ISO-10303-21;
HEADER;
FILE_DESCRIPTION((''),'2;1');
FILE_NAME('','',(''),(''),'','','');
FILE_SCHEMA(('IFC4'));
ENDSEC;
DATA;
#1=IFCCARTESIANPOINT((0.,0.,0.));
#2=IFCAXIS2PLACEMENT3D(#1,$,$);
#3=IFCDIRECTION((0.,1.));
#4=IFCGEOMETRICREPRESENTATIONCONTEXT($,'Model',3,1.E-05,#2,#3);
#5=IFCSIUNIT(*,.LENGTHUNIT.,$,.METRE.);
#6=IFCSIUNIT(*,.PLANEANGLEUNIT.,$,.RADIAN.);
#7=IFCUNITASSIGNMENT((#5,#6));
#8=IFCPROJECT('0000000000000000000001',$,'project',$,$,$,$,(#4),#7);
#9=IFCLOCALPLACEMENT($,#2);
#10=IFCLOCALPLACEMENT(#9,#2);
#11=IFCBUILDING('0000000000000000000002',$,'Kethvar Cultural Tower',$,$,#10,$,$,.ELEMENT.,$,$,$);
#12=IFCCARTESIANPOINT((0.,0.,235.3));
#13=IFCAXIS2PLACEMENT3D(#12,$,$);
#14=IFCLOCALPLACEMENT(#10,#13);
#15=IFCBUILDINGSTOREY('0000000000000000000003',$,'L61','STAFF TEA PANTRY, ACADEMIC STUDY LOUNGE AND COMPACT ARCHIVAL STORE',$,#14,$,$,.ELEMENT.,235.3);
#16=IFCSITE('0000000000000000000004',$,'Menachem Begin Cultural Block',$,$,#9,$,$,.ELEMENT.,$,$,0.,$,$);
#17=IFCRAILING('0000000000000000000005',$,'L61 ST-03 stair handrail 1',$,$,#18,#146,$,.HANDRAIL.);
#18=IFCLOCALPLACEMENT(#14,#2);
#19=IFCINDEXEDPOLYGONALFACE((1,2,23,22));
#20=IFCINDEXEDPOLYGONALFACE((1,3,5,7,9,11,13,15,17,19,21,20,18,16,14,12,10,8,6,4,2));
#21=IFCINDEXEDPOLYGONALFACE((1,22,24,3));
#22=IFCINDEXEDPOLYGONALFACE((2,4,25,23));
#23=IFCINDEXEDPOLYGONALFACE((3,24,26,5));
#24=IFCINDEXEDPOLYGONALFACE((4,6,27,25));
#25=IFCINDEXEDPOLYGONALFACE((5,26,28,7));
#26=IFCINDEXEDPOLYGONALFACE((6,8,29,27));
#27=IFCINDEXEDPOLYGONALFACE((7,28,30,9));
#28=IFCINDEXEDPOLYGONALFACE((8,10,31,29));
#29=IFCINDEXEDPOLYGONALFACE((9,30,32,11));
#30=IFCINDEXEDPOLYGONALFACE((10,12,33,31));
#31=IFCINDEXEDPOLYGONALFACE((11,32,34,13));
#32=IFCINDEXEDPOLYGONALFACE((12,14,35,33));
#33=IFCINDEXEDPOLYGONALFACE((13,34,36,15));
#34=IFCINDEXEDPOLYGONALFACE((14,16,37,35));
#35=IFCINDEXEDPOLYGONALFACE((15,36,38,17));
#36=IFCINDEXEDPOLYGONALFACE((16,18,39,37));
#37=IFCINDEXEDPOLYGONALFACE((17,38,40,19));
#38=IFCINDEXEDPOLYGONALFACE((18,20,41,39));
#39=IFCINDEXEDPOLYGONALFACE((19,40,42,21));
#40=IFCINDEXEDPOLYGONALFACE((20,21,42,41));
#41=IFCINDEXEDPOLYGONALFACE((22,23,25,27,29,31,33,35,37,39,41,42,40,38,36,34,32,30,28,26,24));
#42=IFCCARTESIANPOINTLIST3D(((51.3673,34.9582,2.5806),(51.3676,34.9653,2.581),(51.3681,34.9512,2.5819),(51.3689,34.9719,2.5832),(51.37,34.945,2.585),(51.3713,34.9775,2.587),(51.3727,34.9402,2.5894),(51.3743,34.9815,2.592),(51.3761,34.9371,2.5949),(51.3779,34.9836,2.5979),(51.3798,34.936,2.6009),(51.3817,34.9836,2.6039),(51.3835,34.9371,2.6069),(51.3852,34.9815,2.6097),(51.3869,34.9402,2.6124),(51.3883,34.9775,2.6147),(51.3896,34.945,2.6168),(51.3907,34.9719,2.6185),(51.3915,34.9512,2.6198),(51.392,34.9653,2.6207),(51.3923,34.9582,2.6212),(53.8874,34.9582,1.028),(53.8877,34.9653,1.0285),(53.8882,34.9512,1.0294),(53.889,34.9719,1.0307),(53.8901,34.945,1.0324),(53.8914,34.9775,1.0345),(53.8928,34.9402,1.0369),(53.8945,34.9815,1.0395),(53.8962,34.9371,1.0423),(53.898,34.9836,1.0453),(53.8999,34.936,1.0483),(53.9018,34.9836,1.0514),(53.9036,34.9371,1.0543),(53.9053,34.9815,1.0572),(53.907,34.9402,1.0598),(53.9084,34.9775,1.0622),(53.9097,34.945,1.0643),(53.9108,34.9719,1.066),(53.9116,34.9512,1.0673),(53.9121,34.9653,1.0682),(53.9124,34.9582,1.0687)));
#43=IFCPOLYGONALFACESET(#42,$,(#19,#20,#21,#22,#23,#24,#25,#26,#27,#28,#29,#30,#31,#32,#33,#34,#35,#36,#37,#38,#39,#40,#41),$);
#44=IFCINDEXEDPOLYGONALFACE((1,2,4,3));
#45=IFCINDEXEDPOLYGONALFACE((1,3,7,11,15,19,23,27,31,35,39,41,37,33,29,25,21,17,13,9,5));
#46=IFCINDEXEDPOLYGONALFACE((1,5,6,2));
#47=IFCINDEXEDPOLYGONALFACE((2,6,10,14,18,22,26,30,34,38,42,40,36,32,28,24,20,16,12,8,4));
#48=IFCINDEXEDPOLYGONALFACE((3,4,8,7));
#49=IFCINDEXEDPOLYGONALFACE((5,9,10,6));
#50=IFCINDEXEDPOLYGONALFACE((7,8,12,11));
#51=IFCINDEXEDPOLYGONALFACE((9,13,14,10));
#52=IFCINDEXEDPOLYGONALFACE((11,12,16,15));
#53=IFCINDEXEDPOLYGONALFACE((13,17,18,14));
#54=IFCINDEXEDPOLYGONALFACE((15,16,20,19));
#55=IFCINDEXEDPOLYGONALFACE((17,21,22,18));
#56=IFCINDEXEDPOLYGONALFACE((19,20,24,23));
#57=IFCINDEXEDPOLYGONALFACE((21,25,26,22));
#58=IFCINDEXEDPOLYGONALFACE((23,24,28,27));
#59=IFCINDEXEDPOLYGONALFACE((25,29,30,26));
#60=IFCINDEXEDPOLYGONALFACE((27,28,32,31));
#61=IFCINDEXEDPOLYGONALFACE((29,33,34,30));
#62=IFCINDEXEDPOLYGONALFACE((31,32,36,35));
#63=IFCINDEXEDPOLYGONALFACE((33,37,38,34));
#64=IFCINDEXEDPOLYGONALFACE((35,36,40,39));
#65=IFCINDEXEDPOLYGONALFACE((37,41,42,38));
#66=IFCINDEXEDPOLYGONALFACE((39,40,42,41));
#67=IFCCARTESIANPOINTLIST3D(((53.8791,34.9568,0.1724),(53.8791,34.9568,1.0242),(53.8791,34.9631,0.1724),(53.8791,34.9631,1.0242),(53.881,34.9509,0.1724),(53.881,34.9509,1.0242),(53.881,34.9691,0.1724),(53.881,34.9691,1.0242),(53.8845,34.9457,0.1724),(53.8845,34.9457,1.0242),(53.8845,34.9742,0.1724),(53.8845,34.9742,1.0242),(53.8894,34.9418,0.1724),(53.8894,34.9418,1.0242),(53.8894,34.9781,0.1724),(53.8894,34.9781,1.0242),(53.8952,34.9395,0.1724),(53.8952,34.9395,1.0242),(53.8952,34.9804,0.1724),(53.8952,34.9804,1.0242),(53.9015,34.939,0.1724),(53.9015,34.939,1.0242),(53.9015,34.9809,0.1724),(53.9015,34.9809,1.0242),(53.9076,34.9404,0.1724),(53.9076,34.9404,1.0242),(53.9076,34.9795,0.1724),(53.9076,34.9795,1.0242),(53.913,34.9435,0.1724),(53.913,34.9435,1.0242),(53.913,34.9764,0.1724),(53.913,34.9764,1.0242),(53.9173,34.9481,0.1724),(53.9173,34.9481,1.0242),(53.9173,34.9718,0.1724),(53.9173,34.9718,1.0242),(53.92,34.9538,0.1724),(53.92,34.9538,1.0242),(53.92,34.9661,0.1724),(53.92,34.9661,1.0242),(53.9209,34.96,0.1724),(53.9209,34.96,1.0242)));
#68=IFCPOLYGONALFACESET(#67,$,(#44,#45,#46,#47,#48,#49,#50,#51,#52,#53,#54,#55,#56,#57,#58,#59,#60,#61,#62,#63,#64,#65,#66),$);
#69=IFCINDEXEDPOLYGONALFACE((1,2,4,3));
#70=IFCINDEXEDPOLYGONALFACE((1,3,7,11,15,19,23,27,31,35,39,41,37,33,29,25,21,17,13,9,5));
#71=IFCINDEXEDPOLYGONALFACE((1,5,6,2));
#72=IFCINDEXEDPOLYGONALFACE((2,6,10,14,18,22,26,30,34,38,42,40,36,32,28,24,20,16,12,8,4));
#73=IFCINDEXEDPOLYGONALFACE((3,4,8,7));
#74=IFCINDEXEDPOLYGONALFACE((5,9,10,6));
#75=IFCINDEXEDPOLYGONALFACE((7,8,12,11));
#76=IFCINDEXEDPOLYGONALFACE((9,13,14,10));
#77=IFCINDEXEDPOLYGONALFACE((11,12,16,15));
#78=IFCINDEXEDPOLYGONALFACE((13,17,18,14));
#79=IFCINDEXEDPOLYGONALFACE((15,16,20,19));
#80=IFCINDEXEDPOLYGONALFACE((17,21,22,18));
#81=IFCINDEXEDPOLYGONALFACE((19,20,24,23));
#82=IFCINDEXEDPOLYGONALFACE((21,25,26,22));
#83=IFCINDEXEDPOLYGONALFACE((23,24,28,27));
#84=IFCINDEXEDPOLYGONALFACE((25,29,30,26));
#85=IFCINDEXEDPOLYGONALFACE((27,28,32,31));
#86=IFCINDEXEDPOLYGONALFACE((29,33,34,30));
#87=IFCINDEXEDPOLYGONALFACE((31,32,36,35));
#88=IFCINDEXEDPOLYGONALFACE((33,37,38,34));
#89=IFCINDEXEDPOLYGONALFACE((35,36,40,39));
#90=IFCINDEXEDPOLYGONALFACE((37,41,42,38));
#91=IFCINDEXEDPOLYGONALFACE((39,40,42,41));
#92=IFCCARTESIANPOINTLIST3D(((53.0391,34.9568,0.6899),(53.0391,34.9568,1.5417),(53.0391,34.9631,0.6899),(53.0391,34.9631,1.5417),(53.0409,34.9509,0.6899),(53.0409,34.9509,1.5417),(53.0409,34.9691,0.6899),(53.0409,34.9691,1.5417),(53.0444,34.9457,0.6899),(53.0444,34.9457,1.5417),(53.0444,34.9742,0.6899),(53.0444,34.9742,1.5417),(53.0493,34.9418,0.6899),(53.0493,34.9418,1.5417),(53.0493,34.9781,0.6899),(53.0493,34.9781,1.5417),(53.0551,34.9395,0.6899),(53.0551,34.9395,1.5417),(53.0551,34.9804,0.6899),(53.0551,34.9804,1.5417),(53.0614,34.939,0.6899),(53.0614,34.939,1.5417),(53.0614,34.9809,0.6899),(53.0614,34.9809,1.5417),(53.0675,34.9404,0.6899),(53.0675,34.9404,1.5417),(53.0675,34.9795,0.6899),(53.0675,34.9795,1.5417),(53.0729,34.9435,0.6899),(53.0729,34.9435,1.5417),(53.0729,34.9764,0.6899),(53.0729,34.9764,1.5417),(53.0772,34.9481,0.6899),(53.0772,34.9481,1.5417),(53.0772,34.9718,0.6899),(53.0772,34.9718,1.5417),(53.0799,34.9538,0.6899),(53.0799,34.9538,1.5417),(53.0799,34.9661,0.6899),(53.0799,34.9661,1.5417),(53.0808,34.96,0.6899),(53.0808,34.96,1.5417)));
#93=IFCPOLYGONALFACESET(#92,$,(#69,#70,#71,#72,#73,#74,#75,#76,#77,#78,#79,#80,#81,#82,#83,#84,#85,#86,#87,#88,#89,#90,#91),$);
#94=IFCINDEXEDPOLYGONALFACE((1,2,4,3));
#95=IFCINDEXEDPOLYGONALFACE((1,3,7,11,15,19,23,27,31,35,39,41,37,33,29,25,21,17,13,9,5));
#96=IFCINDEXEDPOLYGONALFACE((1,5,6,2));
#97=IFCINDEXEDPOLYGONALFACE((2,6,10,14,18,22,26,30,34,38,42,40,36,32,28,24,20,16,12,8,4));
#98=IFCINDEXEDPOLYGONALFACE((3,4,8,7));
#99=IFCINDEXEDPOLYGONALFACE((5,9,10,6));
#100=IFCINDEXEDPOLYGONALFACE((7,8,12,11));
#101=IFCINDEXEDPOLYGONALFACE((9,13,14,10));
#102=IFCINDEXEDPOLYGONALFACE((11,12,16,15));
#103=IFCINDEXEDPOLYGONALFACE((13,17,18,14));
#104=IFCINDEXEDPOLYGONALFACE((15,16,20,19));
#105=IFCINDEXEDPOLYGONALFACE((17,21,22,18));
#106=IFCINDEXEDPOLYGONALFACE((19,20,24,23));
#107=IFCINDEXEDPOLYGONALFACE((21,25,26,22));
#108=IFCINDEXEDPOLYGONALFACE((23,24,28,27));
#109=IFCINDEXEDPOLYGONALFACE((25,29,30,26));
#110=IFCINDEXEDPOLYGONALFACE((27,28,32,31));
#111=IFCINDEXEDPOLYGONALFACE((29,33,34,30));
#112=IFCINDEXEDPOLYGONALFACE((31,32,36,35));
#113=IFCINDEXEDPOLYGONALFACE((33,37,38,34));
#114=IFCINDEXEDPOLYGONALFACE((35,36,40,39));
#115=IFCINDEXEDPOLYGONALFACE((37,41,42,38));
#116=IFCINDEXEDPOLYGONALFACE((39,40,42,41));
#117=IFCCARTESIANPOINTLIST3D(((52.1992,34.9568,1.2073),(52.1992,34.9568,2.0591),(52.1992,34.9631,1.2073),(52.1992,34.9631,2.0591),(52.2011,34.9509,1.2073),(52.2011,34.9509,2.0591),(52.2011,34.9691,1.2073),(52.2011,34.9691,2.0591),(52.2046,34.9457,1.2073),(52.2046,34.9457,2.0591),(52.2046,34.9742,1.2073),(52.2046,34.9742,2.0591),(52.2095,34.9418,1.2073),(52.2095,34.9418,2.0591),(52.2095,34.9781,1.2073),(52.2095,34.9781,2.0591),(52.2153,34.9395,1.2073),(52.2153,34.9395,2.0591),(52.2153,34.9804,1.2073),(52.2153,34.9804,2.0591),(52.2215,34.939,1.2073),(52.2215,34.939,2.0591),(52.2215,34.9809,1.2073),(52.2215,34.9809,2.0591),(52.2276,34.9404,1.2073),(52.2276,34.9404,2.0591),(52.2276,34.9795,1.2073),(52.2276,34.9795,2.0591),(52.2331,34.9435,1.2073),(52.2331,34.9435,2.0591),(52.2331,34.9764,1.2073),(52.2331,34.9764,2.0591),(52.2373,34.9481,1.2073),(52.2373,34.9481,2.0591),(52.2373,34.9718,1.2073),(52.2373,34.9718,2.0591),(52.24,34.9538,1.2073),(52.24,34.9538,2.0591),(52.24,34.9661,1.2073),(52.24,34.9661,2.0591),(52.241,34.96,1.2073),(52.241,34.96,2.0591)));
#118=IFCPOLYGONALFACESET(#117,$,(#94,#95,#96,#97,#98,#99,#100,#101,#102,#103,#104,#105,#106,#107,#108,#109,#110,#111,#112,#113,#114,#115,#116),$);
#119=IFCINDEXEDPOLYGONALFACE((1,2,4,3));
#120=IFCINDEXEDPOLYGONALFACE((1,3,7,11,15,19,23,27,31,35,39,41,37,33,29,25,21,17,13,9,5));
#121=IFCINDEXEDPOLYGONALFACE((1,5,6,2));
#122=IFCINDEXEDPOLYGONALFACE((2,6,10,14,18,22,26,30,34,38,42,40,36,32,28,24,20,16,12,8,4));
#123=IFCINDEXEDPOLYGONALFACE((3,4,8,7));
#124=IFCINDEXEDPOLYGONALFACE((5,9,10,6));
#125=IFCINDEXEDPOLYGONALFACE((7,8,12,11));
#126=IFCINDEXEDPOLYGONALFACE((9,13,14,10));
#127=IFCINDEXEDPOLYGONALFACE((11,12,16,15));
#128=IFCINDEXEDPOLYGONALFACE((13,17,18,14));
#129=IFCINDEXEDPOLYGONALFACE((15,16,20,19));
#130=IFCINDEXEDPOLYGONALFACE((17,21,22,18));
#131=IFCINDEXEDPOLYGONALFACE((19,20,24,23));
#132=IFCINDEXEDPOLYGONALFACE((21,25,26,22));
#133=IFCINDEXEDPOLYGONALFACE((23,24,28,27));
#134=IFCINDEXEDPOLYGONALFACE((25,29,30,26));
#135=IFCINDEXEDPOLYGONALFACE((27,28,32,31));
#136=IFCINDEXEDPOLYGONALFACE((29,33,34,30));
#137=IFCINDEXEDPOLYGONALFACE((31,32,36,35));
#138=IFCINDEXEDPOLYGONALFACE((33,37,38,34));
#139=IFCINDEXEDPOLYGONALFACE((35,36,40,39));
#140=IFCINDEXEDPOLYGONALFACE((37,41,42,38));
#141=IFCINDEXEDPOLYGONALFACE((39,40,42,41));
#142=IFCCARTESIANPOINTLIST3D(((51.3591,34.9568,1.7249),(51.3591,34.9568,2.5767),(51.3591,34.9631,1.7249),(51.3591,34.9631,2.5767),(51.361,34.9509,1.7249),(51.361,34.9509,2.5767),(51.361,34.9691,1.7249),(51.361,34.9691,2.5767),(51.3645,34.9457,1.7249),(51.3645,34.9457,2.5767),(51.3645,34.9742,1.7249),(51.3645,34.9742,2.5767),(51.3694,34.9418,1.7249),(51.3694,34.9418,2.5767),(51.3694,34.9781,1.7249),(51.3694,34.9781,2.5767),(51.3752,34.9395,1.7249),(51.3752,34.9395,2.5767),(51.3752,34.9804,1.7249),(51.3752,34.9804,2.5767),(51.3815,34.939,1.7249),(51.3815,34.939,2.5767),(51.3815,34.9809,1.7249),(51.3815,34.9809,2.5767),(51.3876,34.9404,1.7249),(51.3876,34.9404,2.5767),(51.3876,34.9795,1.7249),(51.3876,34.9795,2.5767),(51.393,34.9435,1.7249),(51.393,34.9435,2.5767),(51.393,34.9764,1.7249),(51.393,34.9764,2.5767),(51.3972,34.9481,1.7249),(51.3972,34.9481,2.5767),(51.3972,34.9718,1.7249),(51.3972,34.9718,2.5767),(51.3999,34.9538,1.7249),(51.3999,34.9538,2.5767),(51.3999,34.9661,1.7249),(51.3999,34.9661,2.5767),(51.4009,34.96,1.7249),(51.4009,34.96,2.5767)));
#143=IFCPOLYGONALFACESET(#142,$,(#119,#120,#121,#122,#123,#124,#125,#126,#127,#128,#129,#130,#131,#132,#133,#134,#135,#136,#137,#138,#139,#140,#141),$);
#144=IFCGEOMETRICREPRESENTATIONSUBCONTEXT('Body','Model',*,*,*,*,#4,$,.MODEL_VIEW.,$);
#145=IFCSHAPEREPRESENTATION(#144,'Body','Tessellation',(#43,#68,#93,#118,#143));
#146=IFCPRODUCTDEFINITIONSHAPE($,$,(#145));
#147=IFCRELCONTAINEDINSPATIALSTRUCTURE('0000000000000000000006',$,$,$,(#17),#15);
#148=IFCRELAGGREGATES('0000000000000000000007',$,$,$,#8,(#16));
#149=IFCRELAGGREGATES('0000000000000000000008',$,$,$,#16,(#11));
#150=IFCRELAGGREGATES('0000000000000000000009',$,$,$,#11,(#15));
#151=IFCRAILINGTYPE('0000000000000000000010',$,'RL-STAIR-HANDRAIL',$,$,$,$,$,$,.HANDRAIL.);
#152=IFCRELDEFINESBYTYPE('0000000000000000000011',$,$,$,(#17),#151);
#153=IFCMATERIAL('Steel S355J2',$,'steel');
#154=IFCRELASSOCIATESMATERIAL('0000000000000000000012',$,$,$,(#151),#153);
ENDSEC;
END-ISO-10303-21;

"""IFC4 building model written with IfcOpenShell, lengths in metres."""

from ifc_helpers import new_model, si_unit, direction, frame, origin, origin_2d, place, context, subcontext, project, spatial, circle, extrude, material, type_object, element, save


model = new_model("IFC4")

# Units and contexts
model_context = context("Model", 3, precision=1e-05, world=origin(), true_north=direction((0.0, 1.0)))
body_context = subcontext(model_context, "Body", "Model", "MODEL_VIEW")
ifc_project = project(units=[si_unit("LENGTHUNIT", "METRE"), si_unit("PLANEANGLEUNIT", "RADIAN")], contexts=[model_context])

# Site, building, storey
site_placement = place(None, origin())
site = spatial("IfcSite", under=ifc_project, at=site_placement, Name="Menachem Begin Cultural Block", CompositionType="ELEMENT", RefElevation=0.0)
building_placement = place(site_placement, origin())
building = spatial("IfcBuilding", under=site, at=building_placement, Name="Kethvar Cultural Tower", CompositionType="ELEMENT")
storey_placement = place(building_placement, frame((0.0, 0.0, 235.3)))
storey = spatial("IfcBuildingStorey", under=building, at=storey_placement, Name="L61", Description="STAFF TEA PANTRY, ACADEMIC STUDY LOUNGE AND COMPACT ARCHIVAL STORE", CompositionType="ELEMENT", Elevation=235.3)

# Shared definitions
ifc_material_1 = material(Name="Steel S355J2", Category="steel")

# Railing
railing_type_1 = type_object("IfcRailingType", Name="RL-STAIR-HANDRAIL", PredefinedType="HANDRAIL", material=ifc_material_1)
railing_1_placement = place(storey_placement, frame((53.8999, 34.96, 0.1724)))
element("IfcRailing", 1, at=railing_1_placement, inside=storey, type_object=railing_type_1, Name="L61 ST-03 stair handrail 1", PredefinedType="HANDRAIL", context=body_context, shape_type="SweptSolid", body=[
    extrude(circle(Radius=0.0239, at=origin_2d()), frame((0.0, 0.0, 0.876), z_axis=(-0.8514, 0.0, 0.524516), x_axis=(0.0, -1.0, 0.0)), (0.0, 0.0, 1.0), 2.96),
    extrude(circle(Radius=0.021, at=origin_2d()), origin(), (0.0, 0.0, 1.0), 0.8518),
    extrude(circle(Radius=0.021, at=origin_2d()), frame((-0.8401, 0.0, 0.5176)), (0.0, 0.0, 1.0), 0.8518),
    extrude(circle(Radius=0.021, at=origin_2d()), frame((-1.6799, 0.0, 1.0349)), (0.0, 0.0, 1.0), 0.8518),
    extrude(circle(Radius=0.021, at=origin_2d()), frame((-2.52, 0.0, 1.5525)), (0.0, 0.0, 1.0), 0.8518),
])

save(model, "model.ifc")
